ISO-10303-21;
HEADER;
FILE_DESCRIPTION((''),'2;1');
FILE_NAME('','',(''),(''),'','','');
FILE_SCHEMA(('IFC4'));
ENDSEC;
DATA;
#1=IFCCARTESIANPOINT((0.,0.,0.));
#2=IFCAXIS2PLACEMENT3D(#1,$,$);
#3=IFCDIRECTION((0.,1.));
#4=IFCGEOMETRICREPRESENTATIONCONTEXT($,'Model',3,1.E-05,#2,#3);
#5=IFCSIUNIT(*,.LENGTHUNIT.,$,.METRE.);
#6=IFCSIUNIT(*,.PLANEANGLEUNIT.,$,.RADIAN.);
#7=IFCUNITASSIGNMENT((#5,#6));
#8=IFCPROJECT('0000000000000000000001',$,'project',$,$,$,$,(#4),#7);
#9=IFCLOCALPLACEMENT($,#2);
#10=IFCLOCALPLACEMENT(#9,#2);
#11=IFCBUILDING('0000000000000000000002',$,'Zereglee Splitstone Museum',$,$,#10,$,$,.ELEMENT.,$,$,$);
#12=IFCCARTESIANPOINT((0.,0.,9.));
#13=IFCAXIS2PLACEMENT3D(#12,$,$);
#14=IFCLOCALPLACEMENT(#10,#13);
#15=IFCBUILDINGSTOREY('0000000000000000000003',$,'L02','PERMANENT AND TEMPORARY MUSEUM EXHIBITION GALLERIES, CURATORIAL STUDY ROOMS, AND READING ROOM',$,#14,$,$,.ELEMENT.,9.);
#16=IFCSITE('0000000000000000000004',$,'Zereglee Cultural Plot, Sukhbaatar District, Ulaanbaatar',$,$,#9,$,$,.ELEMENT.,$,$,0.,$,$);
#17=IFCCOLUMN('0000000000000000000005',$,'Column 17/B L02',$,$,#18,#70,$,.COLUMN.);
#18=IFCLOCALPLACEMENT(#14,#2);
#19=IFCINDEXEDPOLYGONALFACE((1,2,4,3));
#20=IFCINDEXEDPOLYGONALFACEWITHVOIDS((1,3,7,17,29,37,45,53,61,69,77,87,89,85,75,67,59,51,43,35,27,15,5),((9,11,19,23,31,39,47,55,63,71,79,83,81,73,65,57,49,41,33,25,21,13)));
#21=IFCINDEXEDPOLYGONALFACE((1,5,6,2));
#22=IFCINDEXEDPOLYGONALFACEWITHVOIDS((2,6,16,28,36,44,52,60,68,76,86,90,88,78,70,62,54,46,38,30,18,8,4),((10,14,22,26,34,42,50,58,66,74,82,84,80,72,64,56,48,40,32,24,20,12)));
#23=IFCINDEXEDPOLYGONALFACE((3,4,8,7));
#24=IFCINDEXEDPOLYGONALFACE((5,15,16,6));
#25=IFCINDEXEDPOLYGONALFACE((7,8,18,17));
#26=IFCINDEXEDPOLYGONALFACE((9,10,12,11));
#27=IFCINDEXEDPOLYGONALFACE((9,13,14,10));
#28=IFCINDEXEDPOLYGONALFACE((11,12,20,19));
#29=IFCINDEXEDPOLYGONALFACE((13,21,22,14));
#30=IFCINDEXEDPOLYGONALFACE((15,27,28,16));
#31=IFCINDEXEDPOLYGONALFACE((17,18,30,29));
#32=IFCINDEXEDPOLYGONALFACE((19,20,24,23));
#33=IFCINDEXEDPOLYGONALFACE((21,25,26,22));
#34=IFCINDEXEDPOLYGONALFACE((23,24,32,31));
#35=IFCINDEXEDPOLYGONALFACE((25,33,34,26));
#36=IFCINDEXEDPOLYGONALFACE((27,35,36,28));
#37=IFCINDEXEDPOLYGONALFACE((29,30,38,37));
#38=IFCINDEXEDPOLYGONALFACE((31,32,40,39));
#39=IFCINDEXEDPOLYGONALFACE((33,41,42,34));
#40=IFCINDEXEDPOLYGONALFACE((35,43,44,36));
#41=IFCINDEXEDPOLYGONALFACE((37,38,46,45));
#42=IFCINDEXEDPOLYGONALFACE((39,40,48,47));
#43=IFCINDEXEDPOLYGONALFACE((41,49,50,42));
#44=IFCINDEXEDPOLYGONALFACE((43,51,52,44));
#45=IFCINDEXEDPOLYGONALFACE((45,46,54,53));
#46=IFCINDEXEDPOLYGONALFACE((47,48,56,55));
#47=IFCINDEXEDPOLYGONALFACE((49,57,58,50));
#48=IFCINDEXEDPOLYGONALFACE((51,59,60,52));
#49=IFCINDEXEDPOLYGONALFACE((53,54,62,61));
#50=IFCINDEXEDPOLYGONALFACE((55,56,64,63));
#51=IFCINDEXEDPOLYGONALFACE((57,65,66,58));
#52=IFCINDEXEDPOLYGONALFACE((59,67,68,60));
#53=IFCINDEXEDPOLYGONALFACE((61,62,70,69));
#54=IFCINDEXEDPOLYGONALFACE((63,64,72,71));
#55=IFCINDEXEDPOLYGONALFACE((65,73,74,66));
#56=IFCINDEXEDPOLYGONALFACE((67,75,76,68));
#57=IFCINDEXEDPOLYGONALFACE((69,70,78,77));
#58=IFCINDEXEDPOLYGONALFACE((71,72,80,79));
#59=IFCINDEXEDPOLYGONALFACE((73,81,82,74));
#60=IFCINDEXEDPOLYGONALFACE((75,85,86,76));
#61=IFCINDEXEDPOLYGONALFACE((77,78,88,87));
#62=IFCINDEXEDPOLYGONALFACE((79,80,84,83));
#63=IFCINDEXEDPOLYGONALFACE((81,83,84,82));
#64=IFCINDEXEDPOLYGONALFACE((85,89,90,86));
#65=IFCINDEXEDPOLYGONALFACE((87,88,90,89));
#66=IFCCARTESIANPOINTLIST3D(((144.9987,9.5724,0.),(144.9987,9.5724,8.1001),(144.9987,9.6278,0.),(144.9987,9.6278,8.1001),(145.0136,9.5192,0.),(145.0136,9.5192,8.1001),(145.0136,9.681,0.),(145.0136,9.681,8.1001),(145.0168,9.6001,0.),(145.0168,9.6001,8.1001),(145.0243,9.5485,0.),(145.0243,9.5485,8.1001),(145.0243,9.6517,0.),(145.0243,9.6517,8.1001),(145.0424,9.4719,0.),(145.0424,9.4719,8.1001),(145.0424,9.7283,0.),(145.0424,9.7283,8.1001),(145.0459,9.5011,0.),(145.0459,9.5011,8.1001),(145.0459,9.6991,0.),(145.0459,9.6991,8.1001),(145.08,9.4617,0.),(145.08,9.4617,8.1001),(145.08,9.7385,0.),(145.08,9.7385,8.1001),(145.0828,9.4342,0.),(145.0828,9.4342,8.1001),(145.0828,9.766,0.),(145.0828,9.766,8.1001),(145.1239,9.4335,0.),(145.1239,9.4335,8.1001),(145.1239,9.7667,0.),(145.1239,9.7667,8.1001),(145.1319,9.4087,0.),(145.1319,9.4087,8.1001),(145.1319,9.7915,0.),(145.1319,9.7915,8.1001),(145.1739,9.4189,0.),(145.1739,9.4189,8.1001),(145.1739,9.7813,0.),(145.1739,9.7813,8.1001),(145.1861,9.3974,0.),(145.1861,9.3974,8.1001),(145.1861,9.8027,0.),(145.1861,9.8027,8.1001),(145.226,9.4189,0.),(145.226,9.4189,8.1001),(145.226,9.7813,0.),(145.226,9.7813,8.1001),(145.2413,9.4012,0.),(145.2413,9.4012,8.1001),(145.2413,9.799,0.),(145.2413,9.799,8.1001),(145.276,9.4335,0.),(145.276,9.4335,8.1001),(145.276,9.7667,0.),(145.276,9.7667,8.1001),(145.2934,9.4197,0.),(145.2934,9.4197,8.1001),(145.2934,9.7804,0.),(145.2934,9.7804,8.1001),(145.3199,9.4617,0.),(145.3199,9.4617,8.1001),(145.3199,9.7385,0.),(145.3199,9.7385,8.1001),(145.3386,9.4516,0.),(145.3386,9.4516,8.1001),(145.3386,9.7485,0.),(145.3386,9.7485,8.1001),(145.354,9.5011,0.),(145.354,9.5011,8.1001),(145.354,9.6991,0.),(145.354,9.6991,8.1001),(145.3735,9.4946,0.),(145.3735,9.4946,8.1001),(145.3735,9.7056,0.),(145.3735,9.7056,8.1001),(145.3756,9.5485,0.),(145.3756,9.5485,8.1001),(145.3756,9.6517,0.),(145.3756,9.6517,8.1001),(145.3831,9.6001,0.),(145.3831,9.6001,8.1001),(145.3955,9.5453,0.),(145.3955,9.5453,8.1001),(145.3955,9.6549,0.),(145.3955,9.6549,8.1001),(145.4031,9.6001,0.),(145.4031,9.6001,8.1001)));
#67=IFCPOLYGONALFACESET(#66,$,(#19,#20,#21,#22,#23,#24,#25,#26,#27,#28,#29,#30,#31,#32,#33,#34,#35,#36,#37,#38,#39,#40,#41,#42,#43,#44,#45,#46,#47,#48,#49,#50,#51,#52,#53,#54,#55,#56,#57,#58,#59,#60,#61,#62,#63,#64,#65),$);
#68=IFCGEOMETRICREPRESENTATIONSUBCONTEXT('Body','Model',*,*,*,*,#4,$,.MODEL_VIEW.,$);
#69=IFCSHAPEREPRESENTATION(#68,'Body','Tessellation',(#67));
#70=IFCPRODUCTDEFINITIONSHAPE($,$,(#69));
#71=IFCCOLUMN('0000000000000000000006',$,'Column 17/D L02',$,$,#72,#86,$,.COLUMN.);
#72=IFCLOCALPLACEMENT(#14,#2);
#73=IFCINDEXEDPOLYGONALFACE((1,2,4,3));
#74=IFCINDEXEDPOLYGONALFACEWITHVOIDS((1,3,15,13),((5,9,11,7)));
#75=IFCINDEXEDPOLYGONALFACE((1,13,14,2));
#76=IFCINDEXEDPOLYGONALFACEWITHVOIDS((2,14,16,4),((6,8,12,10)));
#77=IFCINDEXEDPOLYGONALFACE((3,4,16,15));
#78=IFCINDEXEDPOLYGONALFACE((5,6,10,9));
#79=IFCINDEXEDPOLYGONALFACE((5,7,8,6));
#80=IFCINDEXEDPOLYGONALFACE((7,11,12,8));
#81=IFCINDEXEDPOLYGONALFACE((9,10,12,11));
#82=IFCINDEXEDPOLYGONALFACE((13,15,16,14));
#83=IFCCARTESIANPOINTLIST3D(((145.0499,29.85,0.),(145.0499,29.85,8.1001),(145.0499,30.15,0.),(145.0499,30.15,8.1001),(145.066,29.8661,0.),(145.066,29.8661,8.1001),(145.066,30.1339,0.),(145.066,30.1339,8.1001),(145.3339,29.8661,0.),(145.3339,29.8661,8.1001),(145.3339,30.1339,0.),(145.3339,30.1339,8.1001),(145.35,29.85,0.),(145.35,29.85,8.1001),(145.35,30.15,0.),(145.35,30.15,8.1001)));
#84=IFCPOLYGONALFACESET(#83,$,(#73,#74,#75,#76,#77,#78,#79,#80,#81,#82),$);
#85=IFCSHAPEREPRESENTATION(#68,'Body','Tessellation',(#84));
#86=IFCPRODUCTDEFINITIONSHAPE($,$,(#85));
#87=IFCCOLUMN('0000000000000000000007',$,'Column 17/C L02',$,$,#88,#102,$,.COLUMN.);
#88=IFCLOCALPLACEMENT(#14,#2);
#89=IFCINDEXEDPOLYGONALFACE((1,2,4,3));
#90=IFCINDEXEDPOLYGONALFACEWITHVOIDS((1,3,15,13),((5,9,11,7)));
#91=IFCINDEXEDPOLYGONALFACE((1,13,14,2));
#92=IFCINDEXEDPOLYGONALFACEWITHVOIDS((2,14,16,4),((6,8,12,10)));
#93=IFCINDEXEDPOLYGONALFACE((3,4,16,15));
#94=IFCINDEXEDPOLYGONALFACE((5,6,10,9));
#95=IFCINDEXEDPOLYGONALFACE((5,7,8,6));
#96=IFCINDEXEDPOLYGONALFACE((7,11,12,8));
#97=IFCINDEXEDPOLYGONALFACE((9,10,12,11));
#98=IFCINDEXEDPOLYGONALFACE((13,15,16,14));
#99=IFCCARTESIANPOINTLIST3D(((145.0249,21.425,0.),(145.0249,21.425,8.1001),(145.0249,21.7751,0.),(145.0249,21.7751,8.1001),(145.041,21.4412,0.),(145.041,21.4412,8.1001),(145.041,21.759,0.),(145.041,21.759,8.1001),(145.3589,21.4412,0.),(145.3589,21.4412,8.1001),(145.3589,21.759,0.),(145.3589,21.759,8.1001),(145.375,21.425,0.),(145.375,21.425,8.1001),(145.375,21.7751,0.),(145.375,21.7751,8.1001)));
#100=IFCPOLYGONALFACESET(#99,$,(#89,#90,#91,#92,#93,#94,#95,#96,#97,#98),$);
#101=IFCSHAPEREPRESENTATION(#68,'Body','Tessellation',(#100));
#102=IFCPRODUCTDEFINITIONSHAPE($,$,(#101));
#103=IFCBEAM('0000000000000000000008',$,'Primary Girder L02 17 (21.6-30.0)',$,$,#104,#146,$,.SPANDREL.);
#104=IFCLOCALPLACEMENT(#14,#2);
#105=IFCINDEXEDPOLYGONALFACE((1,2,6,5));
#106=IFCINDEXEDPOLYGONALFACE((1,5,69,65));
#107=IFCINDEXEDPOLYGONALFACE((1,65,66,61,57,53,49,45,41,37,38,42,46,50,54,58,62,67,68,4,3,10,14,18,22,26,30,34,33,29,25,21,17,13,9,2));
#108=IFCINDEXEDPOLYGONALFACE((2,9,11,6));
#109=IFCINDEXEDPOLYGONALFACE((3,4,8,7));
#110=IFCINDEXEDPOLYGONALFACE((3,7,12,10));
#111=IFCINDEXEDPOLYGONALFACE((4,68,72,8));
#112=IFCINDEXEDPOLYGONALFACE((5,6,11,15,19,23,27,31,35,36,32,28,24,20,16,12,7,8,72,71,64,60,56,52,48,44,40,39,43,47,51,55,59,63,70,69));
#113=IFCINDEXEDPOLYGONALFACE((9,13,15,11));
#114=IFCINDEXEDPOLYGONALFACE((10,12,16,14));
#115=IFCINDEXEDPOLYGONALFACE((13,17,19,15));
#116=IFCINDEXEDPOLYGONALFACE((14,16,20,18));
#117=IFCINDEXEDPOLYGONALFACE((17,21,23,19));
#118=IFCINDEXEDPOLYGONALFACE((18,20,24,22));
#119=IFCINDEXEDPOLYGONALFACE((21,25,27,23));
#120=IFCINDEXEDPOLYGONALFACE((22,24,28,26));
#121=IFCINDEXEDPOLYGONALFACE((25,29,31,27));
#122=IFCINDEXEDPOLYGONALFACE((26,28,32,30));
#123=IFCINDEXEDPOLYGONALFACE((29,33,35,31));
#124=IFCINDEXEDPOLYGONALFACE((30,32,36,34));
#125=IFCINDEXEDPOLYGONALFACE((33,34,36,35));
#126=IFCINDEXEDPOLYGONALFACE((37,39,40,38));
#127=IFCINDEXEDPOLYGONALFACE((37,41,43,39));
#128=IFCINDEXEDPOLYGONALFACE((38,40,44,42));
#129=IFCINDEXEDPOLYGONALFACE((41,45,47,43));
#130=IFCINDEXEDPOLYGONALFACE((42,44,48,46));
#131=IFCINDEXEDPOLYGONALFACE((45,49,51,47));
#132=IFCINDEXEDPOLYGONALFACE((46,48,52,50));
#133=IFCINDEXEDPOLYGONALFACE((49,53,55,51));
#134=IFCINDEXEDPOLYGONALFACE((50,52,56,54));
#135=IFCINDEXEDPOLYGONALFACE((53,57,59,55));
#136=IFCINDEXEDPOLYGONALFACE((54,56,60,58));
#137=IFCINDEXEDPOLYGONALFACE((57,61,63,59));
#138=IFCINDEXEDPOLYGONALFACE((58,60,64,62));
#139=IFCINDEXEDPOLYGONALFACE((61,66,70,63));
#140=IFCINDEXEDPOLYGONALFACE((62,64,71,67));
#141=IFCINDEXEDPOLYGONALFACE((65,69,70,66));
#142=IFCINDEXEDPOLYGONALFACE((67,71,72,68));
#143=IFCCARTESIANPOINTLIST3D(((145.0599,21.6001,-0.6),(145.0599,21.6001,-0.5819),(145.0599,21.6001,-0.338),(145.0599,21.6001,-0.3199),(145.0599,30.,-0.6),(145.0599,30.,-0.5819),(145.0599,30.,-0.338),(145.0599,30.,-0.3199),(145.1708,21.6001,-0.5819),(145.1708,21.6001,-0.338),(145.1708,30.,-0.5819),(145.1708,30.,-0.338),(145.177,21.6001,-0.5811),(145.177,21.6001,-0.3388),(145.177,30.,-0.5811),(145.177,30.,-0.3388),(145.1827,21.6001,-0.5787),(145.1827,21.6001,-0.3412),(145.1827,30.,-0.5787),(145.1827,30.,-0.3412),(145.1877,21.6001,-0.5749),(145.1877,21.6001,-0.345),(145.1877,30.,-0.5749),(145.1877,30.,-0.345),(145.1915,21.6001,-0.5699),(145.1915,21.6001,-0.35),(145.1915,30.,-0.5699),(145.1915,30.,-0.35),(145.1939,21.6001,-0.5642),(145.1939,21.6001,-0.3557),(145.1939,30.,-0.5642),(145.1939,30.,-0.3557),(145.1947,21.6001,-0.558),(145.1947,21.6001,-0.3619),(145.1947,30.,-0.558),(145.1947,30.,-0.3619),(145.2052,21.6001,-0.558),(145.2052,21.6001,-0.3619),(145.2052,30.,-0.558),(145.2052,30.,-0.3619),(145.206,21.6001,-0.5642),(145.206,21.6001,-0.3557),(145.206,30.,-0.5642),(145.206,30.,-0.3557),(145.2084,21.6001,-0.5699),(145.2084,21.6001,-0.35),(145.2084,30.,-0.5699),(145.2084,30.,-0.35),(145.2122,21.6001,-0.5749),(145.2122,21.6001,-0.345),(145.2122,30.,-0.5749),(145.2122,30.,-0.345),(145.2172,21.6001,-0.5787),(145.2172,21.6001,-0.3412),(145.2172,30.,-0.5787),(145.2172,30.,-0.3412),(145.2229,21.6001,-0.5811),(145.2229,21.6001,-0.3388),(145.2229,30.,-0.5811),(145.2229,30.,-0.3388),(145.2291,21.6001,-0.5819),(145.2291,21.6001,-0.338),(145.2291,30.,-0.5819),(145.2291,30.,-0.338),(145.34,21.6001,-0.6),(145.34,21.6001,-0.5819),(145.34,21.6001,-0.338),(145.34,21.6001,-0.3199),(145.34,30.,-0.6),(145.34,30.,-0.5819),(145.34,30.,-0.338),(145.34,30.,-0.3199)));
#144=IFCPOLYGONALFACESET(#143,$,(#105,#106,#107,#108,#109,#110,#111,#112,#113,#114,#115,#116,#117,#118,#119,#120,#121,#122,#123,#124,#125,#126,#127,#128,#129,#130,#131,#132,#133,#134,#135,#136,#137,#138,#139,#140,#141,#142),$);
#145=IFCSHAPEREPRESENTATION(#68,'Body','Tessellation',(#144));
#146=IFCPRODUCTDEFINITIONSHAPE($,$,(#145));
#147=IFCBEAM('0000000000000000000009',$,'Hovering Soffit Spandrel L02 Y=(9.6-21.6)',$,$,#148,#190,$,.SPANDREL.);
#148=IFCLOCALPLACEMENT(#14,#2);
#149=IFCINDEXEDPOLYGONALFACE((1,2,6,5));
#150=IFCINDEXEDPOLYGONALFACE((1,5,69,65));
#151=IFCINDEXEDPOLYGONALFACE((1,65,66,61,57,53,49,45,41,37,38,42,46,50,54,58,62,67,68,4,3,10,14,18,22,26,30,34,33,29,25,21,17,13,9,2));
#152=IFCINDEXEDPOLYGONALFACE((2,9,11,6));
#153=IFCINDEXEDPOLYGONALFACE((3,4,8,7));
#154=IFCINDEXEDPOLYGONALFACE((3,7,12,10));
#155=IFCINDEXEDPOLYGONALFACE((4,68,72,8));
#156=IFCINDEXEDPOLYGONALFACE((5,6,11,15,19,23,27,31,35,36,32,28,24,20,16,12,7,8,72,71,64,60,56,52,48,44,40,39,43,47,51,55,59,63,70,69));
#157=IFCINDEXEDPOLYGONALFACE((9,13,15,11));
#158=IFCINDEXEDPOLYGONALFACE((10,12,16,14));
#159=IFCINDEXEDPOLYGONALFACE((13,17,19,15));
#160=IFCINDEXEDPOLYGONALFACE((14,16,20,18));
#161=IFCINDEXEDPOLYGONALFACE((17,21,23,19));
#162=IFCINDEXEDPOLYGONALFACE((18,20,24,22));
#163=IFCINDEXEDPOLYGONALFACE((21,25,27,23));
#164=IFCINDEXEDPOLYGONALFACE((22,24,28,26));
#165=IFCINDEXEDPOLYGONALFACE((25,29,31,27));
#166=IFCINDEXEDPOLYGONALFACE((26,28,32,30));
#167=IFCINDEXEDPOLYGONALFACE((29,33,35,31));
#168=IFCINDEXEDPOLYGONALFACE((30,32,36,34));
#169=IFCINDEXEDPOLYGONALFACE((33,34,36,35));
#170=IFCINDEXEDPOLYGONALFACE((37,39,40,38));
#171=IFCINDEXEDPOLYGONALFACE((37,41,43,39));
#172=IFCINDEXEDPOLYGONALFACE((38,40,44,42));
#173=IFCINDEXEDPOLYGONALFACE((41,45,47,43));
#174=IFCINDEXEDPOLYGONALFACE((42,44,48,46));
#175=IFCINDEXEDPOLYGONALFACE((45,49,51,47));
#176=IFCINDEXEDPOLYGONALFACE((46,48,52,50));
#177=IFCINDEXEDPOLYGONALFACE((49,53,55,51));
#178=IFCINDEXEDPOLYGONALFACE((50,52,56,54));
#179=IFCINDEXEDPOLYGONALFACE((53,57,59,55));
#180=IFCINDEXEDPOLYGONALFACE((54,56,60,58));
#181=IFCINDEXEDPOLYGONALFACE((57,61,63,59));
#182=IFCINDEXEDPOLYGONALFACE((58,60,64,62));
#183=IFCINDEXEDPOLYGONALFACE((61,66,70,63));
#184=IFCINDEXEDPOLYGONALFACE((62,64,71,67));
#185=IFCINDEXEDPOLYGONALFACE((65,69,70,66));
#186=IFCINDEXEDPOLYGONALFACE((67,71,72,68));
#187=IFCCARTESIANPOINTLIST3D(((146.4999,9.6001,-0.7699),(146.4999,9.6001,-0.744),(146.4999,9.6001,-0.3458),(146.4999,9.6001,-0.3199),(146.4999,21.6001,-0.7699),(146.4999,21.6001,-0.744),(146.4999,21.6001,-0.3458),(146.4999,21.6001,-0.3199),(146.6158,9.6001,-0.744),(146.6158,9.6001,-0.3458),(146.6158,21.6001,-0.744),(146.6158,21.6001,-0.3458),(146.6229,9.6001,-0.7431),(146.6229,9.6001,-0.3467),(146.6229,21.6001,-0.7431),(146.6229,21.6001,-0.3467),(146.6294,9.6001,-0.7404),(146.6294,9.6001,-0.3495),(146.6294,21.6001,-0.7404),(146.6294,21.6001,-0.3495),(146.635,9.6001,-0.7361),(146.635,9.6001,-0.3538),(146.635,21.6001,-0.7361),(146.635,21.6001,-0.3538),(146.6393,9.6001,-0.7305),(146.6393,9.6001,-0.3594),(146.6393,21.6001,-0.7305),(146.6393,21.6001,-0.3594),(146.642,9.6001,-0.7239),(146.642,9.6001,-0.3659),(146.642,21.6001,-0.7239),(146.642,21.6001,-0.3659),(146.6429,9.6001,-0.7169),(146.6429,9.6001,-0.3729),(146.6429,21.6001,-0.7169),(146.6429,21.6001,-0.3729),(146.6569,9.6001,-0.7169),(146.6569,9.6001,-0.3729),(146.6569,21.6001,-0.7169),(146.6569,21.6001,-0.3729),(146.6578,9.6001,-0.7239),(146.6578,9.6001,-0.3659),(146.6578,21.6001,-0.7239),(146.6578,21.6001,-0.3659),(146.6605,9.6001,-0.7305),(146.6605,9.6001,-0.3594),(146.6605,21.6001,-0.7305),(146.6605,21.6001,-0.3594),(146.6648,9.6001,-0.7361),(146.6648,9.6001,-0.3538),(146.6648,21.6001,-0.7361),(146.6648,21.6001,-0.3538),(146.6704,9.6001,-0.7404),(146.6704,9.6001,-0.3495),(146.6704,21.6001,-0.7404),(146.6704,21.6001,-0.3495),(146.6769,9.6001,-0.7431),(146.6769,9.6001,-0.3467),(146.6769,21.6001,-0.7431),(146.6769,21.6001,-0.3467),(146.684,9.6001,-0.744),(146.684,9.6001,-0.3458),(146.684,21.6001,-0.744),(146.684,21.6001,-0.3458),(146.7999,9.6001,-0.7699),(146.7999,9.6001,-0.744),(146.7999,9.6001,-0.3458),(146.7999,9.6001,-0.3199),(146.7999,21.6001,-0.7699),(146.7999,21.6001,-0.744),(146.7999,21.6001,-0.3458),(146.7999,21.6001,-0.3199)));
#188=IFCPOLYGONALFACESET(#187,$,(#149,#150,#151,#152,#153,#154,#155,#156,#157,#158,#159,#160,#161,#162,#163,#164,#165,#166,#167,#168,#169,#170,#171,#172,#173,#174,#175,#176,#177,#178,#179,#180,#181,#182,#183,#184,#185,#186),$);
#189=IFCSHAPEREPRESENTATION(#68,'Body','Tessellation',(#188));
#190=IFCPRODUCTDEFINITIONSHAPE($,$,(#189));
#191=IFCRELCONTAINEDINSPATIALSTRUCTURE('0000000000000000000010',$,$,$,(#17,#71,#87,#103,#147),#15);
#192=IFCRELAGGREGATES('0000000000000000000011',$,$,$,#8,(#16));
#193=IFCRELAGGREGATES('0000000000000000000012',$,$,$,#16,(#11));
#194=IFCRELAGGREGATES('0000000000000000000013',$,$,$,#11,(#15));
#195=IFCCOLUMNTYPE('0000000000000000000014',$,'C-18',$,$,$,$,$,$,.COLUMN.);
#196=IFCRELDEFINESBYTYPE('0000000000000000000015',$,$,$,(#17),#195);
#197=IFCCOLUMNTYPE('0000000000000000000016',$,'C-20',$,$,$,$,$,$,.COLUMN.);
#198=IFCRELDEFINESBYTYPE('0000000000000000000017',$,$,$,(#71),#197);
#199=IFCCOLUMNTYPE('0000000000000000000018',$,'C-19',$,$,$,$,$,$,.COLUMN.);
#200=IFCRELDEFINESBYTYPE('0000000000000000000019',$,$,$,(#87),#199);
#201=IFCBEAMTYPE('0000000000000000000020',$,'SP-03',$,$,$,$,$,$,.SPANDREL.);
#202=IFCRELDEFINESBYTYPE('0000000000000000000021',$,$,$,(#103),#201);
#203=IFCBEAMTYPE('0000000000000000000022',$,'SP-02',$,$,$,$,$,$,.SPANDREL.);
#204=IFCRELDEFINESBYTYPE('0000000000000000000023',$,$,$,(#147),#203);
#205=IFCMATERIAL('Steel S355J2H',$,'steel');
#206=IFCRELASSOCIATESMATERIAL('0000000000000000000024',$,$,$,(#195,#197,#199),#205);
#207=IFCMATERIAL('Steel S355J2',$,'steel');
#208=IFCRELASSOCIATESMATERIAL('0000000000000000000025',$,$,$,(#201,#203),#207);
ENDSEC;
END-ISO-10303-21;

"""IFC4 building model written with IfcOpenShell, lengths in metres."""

from ifc_helpers import new_model, si_unit, direction, frame, origin, origin_2d, place, context, subcontext, project, spatial, hollow_rectangle, hollow_circle, i_section, extrude, material, material_profile, profile_set, type_object, element, save


model = new_model("IFC4")

# Units and contexts
model_context = context("Model", 3, precision=1e-05, world=origin(), true_north=direction((0.0, 1.0)))
body_context = subcontext(model_context, "Body", "Model", "MODEL_VIEW")
ifc_project = project(units=[si_unit("LENGTHUNIT", "METRE"), si_unit("PLANEANGLEUNIT", "RADIAN")], contexts=[model_context])

# Site, building, storey
site_placement = place(None, origin())
site = spatial("IfcSite", under=ifc_project, at=site_placement, Name="Zereglee Cultural Plot, Sukhbaatar District, Ulaanbaatar", CompositionType="ELEMENT", RefElevation=0.0)
building_placement = place(site_placement, origin())
building = spatial("IfcBuilding", under=site, at=building_placement, Name="Zereglee Splitstone Museum", CompositionType="ELEMENT")
storey_placement = place(building_placement, frame((0.0, 0.0, 9.0)))
storey = spatial("IfcBuildingStorey", under=building, at=storey_placement, Name="L02", Description="PERMANENT AND TEMPORARY MUSEUM EXHIBITION GALLERIES, CURATORIAL STUDY ROOMS, AND READING ROOM", CompositionType="ELEMENT", Elevation=9.0)

# Columns
ifc_material_1 = material(Name="Steel S355J2H", Category="steel")
ifc_material_profile_1 = material_profile(ifc_material_1, hollow_circle(Radius=0.2031, WallThickness=0.02, at=origin_2d()), Name="CHS 406.4x20")
ifc_profile_set_1 = profile_set([ifc_material_profile_1], Name="Steel S355J2H")
column_type_1 = type_object("IfcColumnType", Name="C-18", PredefinedType="COLUMN", material=ifc_profile_set_1)
column_1_placement = place(storey_placement, frame((145.2, 9.6001, 0.0), z_axis=(0.0, 0.0, 1.0), x_axis=(1.0, 0.0, 0.0)))
element("IfcColumn", 1, at=column_1_placement, inside=storey, type_object=column_type_1, Name="Column 17/B L02", PredefinedType="COLUMN", context=body_context, shape_type="SweptSolid", body=[
    extrude(hollow_circle(Radius=0.2031, WallThickness=0.02, at=origin_2d()), origin(), (0.0, 0.0, 1.0), 8.1001),
])
ifc_material_profile_2 = material_profile(ifc_material_1, hollow_rectangle(XDim=0.3, YDim=0.3, WallThickness=0.0161, at=origin_2d()), Name="SHS 300x300x16")
ifc_profile_set_2 = profile_set([ifc_material_profile_2], Name="Steel S355J2H")
column_type_2 = type_object("IfcColumnType", Name="C-20", PredefinedType="COLUMN", material=ifc_profile_set_2)
column_2_placement = place(storey_placement, frame((145.2, 30.0, 0.0), z_axis=(0.0, 0.0, 1.0), x_axis=(1.0, 0.0, 0.0)))
element("IfcColumn", 2, at=column_2_placement, inside=storey, type_object=column_type_2, Name="Column 17/D L02", PredefinedType="COLUMN", context=body_context, shape_type="SweptSolid", body=[
    extrude(hollow_rectangle(XDim=0.3, YDim=0.3, WallThickness=0.0161, at=origin_2d()), origin(), (0.0, 0.0, 1.0), 8.1001),
])
ifc_material_profile_3 = material_profile(ifc_material_1, hollow_rectangle(XDim=0.3501, YDim=0.3501, WallThickness=0.0161, at=origin_2d()), Name="SHS 350x350x16")
ifc_profile_set_3 = profile_set([ifc_material_profile_3], Name="Steel S355J2H")
column_type_3 = type_object("IfcColumnType", Name="C-19", PredefinedType="COLUMN", material=ifc_profile_set_3)
column_3_placement = place(storey_placement, frame((145.2, 21.6001, 0.0), z_axis=(0.0, 0.0, 1.0), x_axis=(1.0, 0.0, 0.0)))
element("IfcColumn", 3, at=column_3_placement, inside=storey, type_object=column_type_3, Name="Column 17/C L02", PredefinedType="COLUMN", context=body_context, shape_type="SweptSolid", body=[
    extrude(hollow_rectangle(XDim=0.3501, YDim=0.3501, WallThickness=0.0161, at=origin_2d()), origin(), (0.0, 0.0, 1.0), 8.1001),
])

# Beams
ifc_material_2 = material(Name="Steel S355J2", Category="steel")
ifc_material_profile_4 = material_profile(ifc_material_2, i_section(OverallWidth=0.28, OverallDepth=0.28, WebThickness=0.0105, FlangeThickness=0.0181, FilletRadius=0.0239, at=origin_2d()), Name="HE 280 B")
ifc_profile_set_4 = profile_set([ifc_material_profile_4], Name="Steel S355J2")
beam_type_1 = type_object("IfcBeamType", Name="SP-03", PredefinedType="SPANDREL", material=ifc_profile_set_4)
beam_1_placement = place(storey_placement, frame((145.2, 21.6001, -0.46), z_axis=(0.0, 1.0, 0.0), x_axis=(-1.0, 0.0, 0.0)))
element("IfcBeam", 4, at=beam_1_placement, inside=storey, type_object=beam_type_1, Name="Primary Girder L02 17 (21.6-30.0)", PredefinedType="SPANDREL", context=body_context, shape_type="SweptSolid", body=[
    extrude(i_section(OverallWidth=0.28, OverallDepth=0.28, WebThickness=0.0105, FlangeThickness=0.0181, FilletRadius=0.0239, at=origin_2d()), origin(), (0.0, 0.0, 1.0), 8.3999),
])
ifc_material_profile_5 = material_profile(ifc_material_2, i_section(OverallWidth=0.3, OverallDepth=0.45, WebThickness=0.0139, FlangeThickness=0.0259, FilletRadius=0.0271, at=origin_2d()), Name="HE 450 B")
ifc_profile_set_5 = profile_set([ifc_material_profile_5], Name="Steel S355J2")
beam_type_2 = type_object("IfcBeamType", Name="SP-02", PredefinedType="SPANDREL", material=ifc_profile_set_5)
beam_2_placement = place(storey_placement, frame((146.6499, 9.6001, -0.5449), z_axis=(0.0, 1.0, 0.0), x_axis=(-1.0, 0.0, 0.0)))
element("IfcBeam", 5, at=beam_2_placement, inside=storey, type_object=beam_type_2, Name="Hovering Soffit Spandrel L02 Y=(9.6-21.6)", PredefinedType="SPANDREL", context=body_context, shape_type="SweptSolid", body=[
    extrude(i_section(OverallWidth=0.3, OverallDepth=0.45, WebThickness=0.0139, FlangeThickness=0.0259, FilletRadius=0.0271, at=origin_2d()), origin(), (0.0, 0.0, 1.0), 12.0),
])

save(model, "model.ifc")
